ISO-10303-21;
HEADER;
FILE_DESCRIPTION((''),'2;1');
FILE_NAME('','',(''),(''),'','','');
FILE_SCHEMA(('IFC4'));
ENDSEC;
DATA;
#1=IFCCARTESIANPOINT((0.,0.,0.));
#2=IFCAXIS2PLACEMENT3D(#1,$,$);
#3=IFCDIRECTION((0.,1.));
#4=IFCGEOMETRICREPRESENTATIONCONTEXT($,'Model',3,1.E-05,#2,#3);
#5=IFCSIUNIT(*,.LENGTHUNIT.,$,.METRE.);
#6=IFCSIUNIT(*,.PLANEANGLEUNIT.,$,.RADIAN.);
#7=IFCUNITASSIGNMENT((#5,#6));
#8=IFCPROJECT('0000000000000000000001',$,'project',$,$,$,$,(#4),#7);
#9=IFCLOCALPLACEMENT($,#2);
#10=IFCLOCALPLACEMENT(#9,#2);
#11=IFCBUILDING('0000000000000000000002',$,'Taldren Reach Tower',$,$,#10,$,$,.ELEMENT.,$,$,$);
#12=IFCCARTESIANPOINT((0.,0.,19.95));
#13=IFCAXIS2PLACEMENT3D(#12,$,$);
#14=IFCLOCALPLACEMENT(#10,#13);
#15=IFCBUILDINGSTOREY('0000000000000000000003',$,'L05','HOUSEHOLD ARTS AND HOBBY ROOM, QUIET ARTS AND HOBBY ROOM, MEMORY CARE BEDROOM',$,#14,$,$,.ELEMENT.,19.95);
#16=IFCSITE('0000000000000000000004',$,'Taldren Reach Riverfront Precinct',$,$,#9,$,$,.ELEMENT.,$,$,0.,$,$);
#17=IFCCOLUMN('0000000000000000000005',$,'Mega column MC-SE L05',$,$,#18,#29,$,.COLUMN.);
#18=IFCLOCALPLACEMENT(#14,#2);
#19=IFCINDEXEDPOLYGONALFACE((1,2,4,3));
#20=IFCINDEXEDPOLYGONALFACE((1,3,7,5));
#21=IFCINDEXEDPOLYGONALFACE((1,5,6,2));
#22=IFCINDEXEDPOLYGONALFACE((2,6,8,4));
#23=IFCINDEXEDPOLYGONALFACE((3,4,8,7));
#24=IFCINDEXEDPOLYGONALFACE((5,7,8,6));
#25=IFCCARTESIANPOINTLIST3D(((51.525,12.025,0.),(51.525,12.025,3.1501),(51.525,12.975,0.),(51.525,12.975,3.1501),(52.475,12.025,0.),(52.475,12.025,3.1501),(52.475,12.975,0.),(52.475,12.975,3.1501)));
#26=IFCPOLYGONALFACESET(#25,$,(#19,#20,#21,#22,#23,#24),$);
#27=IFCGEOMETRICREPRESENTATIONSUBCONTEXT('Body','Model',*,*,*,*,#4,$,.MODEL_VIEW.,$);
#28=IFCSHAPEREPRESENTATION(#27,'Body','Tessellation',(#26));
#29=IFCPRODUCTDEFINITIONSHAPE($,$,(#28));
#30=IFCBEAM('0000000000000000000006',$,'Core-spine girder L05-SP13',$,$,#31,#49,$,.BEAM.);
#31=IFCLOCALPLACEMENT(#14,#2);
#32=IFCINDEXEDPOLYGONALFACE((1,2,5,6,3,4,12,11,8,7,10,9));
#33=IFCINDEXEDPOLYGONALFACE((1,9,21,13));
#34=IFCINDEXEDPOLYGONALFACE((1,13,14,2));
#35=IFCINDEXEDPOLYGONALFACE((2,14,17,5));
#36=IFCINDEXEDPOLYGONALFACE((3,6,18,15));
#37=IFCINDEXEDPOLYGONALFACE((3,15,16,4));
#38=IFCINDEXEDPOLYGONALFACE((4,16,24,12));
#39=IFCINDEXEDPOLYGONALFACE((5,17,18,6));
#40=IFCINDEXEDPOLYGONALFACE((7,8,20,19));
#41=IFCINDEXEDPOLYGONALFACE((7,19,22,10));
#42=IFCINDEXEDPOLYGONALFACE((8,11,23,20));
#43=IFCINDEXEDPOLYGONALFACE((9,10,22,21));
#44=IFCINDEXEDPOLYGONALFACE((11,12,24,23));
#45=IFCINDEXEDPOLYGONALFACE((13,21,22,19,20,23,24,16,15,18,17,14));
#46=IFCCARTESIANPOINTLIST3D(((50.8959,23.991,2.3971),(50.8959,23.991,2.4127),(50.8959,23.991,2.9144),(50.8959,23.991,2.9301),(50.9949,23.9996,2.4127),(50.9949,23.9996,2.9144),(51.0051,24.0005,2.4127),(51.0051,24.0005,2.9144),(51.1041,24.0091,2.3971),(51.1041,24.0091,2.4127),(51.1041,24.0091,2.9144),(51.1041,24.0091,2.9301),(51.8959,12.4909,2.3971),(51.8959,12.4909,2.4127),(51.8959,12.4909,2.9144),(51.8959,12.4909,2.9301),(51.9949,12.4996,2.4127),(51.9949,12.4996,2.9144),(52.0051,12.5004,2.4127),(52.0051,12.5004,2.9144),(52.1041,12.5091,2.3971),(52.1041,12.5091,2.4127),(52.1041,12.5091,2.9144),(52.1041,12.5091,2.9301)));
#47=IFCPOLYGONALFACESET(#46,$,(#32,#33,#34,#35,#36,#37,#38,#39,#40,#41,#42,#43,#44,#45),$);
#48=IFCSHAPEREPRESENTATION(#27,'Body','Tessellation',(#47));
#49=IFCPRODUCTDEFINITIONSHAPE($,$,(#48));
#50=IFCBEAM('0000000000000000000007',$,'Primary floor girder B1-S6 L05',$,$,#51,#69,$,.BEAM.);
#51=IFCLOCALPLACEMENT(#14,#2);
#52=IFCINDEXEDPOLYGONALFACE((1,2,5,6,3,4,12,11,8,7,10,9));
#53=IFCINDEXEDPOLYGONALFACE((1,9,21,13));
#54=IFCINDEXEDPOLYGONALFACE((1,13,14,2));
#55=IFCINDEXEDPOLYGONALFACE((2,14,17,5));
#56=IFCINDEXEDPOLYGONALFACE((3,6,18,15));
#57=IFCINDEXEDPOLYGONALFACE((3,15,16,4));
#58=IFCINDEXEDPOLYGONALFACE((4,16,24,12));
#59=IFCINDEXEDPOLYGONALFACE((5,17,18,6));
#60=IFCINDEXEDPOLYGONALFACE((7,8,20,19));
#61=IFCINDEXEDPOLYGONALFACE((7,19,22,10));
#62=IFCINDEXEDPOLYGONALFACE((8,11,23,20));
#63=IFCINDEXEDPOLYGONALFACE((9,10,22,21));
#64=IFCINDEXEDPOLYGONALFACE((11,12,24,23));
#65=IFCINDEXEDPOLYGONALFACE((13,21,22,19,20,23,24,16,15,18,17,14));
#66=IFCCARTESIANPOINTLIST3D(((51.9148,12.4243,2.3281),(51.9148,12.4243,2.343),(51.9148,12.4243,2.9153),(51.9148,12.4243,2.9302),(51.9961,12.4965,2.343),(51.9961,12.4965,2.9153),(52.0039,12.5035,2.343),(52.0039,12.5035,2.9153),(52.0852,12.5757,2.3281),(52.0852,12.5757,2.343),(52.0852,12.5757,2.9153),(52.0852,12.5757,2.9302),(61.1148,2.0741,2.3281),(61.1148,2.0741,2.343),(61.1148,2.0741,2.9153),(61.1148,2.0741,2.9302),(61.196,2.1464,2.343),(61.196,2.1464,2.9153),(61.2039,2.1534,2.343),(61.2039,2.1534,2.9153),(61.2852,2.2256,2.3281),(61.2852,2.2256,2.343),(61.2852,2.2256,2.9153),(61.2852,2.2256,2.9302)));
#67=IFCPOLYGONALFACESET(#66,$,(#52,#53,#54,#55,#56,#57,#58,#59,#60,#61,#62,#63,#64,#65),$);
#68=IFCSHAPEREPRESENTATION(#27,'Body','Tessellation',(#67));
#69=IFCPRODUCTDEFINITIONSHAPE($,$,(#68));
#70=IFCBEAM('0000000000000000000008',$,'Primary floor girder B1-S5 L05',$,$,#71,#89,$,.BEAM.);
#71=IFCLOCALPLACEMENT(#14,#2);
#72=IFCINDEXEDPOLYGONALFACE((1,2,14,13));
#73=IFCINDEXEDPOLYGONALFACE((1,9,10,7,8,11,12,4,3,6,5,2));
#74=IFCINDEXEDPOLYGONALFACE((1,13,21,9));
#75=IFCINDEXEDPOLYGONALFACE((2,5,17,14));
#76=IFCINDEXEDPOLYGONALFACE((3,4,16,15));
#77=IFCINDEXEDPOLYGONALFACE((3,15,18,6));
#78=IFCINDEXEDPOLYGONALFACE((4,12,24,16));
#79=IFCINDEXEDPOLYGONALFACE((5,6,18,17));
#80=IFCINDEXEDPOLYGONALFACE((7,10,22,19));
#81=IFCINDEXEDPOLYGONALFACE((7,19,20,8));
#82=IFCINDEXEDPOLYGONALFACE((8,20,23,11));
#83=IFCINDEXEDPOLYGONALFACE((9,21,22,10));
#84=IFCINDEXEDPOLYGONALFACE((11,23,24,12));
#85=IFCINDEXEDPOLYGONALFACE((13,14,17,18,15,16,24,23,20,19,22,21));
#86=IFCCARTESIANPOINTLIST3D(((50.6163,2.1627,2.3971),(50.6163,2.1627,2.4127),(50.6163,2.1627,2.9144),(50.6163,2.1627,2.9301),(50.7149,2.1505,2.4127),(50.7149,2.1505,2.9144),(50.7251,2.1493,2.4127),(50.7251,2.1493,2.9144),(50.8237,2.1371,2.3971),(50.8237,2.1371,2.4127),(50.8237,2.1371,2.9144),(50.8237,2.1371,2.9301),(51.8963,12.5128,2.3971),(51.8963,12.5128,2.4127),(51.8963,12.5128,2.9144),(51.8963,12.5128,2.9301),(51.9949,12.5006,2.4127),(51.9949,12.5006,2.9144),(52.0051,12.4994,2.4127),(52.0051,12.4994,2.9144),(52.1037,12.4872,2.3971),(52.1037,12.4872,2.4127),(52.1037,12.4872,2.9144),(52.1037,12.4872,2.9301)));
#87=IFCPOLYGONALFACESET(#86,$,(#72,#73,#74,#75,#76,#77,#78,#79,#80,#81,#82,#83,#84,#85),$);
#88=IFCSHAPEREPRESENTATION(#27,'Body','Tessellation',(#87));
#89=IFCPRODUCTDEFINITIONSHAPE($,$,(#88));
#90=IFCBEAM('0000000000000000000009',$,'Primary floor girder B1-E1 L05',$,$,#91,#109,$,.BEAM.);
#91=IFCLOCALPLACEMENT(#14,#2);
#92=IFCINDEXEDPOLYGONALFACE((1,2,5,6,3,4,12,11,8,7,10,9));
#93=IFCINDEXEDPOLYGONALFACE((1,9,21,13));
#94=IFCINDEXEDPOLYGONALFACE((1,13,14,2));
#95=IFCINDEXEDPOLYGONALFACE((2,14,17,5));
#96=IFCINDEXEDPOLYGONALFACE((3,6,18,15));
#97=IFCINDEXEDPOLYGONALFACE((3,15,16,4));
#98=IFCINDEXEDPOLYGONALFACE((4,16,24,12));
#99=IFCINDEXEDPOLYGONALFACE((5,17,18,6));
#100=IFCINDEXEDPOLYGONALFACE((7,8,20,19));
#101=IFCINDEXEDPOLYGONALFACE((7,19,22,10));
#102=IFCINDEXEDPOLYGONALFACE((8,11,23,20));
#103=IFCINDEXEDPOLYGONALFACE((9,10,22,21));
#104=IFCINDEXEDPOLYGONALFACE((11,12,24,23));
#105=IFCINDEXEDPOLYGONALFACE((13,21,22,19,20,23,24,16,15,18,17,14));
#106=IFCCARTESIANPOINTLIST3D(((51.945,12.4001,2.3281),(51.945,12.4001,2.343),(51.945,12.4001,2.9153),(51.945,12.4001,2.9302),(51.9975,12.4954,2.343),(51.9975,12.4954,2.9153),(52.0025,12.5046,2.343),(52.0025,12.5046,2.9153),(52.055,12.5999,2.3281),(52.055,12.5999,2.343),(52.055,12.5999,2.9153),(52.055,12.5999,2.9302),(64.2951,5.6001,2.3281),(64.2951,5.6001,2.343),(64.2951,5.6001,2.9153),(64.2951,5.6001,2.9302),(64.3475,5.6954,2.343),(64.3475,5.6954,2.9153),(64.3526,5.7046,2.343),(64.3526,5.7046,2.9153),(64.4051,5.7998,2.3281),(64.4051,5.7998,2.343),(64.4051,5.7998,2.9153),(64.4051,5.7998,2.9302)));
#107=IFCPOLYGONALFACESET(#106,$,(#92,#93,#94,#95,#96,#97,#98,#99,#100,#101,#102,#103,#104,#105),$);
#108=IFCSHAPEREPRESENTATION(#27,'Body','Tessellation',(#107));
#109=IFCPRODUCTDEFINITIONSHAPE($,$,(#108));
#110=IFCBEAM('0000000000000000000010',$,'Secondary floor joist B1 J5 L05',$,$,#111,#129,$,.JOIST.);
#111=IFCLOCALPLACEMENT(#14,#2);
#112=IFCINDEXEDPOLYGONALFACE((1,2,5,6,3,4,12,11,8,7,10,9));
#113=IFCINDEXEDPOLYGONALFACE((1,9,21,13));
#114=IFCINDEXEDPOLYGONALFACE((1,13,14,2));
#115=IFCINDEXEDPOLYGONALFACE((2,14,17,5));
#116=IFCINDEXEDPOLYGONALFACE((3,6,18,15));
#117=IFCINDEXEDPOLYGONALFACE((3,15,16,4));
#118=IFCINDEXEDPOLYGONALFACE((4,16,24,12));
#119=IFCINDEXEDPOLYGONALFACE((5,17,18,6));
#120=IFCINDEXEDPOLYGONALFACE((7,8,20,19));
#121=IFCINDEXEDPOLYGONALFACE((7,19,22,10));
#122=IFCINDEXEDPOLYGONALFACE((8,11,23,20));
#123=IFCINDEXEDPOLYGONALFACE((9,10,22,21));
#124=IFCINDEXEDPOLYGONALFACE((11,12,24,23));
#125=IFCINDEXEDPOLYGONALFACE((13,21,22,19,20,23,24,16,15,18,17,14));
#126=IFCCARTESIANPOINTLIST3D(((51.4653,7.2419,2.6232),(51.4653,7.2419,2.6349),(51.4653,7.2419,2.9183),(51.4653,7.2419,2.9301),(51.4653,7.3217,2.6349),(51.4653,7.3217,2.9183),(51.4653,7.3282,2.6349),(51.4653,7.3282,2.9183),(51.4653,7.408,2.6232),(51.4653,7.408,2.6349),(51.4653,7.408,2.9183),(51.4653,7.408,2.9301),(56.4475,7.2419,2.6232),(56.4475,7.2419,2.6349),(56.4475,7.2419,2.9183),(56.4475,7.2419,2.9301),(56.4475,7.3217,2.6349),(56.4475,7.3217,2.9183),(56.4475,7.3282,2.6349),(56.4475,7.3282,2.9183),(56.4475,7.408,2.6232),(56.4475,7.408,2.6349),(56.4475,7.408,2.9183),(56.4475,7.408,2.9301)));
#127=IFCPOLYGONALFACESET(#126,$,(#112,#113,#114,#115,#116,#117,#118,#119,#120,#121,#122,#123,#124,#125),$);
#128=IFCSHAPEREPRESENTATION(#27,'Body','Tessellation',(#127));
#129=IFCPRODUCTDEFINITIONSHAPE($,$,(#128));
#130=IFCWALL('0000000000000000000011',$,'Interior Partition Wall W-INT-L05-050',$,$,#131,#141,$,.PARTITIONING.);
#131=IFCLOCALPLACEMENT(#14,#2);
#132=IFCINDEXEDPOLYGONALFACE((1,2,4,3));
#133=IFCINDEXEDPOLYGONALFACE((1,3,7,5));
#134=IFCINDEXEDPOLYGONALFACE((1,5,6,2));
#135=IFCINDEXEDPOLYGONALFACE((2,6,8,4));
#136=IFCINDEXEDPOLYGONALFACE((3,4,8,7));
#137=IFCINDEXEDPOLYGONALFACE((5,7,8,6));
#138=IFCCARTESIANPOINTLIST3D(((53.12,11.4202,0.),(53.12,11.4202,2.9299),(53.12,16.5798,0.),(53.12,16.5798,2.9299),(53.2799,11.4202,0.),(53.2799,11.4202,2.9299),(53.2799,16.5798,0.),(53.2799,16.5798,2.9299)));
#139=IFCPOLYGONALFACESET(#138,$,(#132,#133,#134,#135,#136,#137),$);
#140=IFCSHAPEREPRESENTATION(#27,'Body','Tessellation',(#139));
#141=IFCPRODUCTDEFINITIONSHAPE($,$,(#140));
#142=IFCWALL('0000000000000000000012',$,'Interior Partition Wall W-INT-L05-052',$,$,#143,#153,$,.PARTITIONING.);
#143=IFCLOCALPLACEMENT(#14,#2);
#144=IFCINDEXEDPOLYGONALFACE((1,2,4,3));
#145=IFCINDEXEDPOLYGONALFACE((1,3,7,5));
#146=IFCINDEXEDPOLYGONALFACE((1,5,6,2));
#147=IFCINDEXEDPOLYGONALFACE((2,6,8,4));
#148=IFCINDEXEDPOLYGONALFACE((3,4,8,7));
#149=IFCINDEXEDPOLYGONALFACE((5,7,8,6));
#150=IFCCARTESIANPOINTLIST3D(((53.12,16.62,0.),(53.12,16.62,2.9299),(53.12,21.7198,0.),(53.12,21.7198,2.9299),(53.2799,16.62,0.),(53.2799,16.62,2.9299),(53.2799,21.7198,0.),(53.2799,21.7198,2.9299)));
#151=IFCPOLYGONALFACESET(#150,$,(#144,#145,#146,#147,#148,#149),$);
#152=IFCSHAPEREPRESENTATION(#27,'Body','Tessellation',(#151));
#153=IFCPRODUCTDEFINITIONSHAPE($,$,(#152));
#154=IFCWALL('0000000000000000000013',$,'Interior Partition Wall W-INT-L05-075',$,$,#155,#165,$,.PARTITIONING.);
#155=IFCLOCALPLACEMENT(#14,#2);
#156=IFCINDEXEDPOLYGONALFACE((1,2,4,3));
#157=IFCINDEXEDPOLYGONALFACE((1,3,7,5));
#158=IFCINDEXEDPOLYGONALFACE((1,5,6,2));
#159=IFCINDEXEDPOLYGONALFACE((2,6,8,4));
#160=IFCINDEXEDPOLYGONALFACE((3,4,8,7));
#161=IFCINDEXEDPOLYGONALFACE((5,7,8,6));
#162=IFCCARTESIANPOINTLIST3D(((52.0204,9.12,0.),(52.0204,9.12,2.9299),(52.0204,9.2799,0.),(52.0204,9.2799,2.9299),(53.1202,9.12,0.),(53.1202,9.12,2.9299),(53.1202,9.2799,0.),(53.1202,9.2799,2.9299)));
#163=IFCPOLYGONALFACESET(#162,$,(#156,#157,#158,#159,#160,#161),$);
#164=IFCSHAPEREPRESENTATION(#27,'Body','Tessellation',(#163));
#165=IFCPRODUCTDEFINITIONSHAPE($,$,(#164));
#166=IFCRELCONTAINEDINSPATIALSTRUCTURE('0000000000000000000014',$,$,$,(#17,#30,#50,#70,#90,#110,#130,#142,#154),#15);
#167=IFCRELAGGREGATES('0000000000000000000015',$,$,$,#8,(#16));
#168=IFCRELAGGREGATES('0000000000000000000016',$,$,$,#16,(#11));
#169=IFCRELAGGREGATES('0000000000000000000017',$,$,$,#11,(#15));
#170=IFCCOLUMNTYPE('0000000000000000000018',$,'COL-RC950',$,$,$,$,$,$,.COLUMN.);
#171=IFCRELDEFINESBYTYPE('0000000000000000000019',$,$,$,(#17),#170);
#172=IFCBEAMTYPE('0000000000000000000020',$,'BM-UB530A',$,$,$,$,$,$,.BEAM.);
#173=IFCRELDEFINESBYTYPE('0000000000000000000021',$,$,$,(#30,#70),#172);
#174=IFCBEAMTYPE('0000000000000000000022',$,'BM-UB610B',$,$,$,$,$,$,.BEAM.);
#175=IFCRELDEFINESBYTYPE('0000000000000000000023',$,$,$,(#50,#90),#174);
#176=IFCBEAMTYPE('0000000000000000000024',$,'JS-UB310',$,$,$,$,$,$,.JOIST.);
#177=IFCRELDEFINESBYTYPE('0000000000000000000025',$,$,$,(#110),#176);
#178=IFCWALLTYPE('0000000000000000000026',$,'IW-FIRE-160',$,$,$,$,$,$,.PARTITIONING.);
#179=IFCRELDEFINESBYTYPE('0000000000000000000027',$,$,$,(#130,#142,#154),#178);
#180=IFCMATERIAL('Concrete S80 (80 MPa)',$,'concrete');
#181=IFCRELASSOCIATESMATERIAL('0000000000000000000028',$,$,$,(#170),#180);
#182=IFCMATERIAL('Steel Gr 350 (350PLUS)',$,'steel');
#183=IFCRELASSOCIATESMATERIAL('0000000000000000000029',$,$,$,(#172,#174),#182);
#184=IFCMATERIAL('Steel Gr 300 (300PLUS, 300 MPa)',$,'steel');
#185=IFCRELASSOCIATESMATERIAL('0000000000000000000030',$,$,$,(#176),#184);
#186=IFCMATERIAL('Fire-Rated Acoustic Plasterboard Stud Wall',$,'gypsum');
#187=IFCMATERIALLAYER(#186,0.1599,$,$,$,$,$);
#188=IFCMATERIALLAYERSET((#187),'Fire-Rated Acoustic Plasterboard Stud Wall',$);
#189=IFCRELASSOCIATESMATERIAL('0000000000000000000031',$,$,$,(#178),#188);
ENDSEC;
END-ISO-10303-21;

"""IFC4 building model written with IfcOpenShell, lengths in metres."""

from ifc_helpers import new_model, si_unit, direction, frame, frame_2d, origin, origin_2d, place, context, subcontext, project, spatial, rectangle, i_section, extrude, source, transform, mapped, material, layer, layer_set, material_profile, profile_set, type_object, element, save


model = new_model("IFC4")

# Units and contexts
model_context = context("Model", 3, precision=1e-05, world=origin(), true_north=direction((0.0, 1.0)))
body_context = subcontext(model_context, "Body", "Model", "MODEL_VIEW")
ifc_project = project(units=[si_unit("LENGTHUNIT", "METRE"), si_unit("PLANEANGLEUNIT", "RADIAN")], contexts=[model_context])

# Site, building, storey
site_placement = place(None, origin())
site = spatial("IfcSite", under=ifc_project, at=site_placement, Name="Taldren Reach Riverfront Precinct", CompositionType="ELEMENT", RefElevation=0.0)
building_placement = place(site_placement, origin())
building = spatial("IfcBuilding", under=site, at=building_placement, Name="Taldren Reach Tower", CompositionType="ELEMENT")
storey_placement = place(building_placement, frame((0.0, 0.0, 19.95)))
storey = spatial("IfcBuildingStorey", under=building, at=storey_placement, Name="L05", Description="HOUSEHOLD ARTS AND HOBBY ROOM, QUIET ARTS AND HOBBY ROOM, MEMORY CARE BEDROOM", CompositionType="ELEMENT", Elevation=19.95)

# Column
ifc_material_1 = material(Name="Concrete S80 (80 MPa)", Category="concrete")
ifc_material_profile_1 = material_profile(ifc_material_1, rectangle(XDim=0.95, YDim=0.95, at=origin_2d()), Name="RC-950x950")
ifc_profile_set_1 = profile_set([ifc_material_profile_1], Name="Concrete S80 (80 MPa)")
column_type = type_object("IfcColumnType", Name="COL-RC950", PredefinedType="COLUMN", material=ifc_profile_set_1)
shared_shape_1 = source(origin(), body_context, "Body", "SweptSolid", [
    extrude(rectangle(XDim=0.95, YDim=0.95, at=origin_2d()), origin(), (0.0, 0.0, 1.0), 3.1501),
])
column_placement = place(storey_placement, frame((52.0, 12.5, 0.0), z_axis=(0.0, 0.0, 1.0), x_axis=(1.0, 0.0, 0.0)))
element("IfcColumn", 1, at=column_placement, inside=storey, type_object=column_type, Name="Mega column MC-SE L05", PredefinedType="COLUMN", context=body_context, shape_type="MappedRepresentation", body=[
    mapped(shared_shape_1, transform((0.0, 0.0, 0.0), scale=1.0)),
])

# Beams
ifc_material_2 = material(Name="Steel Gr 350 (350PLUS)", Category="steel")
ifc_material_profile_2 = material_profile(ifc_material_2, i_section(OverallWidth=0.209, OverallDepth=0.533, WebThickness=0.0103, FlangeThickness=0.0156, at=origin_2d()), Name="530UB92.4")
ifc_profile_set_2 = profile_set([ifc_material_profile_2], Name="Steel Gr 350 (350PLUS)")
beam_type_1 = type_object("IfcBeamType", Name="BM-UB530A", PredefinedType="BEAM", material=ifc_profile_set_2)
shared_shape_2 = source(origin(), body_context, "Body", "SweptSolid", [
    extrude(i_section(OverallWidth=0.209, OverallDepth=0.533, WebThickness=0.0103, FlangeThickness=0.0156, at=origin_2d()), origin(), (0.0, 0.0, 1.0), 11.5435),
])
beam_1_placement = place(storey_placement, frame((52.0, 12.5, 2.6636), z_axis=(-0.08663, 0.996241, 0.0), x_axis=(-0.996241, -0.08663, 0.0)))
element("IfcBeam", 2, at=beam_1_placement, inside=storey, type_object=beam_type_1, Name="Core-spine girder L05-SP13", PredefinedType="BEAM", context=body_context, shape_type="MappedRepresentation", body=[
    mapped(shared_shape_2, transform((0.0, 0.0, 0.0), scale=1.0)),
])
ifc_material_profile_3 = material_profile(ifc_material_2, i_section(OverallWidth=0.228, OverallDepth=0.6021, WebThickness=0.0105, FlangeThickness=0.0149, at=origin_2d()), Name="610UB101")
ifc_profile_set_3 = profile_set([ifc_material_profile_3], Name="Steel Gr 350 (350PLUS)")
beam_type_2 = type_object("IfcBeamType", Name="BM-UB610B", PredefinedType="BEAM", material=ifc_profile_set_3)
shared_shape_3 = source(origin(), body_context, "Body", "SweptSolid", [
    extrude(i_section(OverallWidth=0.228, OverallDepth=0.6021, WebThickness=0.0105, FlangeThickness=0.0149, at=origin_2d()), origin(), (0.0, 0.0, 1.0), 13.8479),
])
beam_2_placement = place(storey_placement, frame((52.0, 12.5, 2.6292), z_axis=(0.664358, -0.747414, 0.0), x_axis=(0.747414, 0.664358, 0.0)))
element("IfcBeam", 3, at=beam_2_placement, inside=storey, type_object=beam_type_2, Name="Primary floor girder B1-S6 L05", PredefinedType="BEAM", context=body_context, shape_type="MappedRepresentation", body=[
    mapped(shared_shape_3, transform((0.0, 0.0, 0.0), scale=1.0)),
])
shared_shape_4 = source(origin(), body_context, "Body", "SweptSolid", [
    extrude(i_section(OverallWidth=0.209, OverallDepth=0.533, WebThickness=0.0103, FlangeThickness=0.0156, at=origin_2d()), origin(), (0.0, 0.0, 1.0), 10.429),
])
beam_3_placement = place(storey_placement, frame((52.0, 12.5, 2.6636), z_axis=(-0.122738, -0.992439, 0.0), x_axis=(0.992439, -0.122738, 0.0)))
element("IfcBeam", 4, at=beam_3_placement, inside=storey, type_object=beam_type_1, Name="Primary floor girder B1-S5 L05", PredefinedType="BEAM", context=body_context, shape_type="MappedRepresentation", body=[
    mapped(shared_shape_4, transform((0.0, 0.0, 0.0), scale=1.0)),
])
shared_shape_5 = source(origin(), body_context, "Body", "SweptSolid", [
    extrude(i_section(OverallWidth=0.228, OverallDepth=0.6021, WebThickness=0.0105, FlangeThickness=0.0149, at=origin_2d()), origin(), (0.0, 0.0, 1.0), 14.0984),
])
beam_4_placement = place(storey_placement, frame((52.0, 12.5, 2.6292), z_axis=(0.875991, -0.482327, 0.0), x_axis=(0.482327, 0.875991, 0.0)))
element("IfcBeam", 5, at=beam_4_placement, inside=storey, type_object=beam_type_2, Name="Primary floor girder B1-E1 L05", PredefinedType="BEAM", context=body_context, shape_type="MappedRepresentation", body=[
    mapped(shared_shape_5, transform((0.0, 0.0, 0.0), scale=1.0)),
])
ifc_material_3 = material(Name="Steel Gr 300 (300PLUS, 300 MPa)", Category="steel")
ifc_material_profile_4 = material_profile(ifc_material_3, i_section(OverallWidth=0.166, OverallDepth=0.3069, WebThickness=0.0066, FlangeThickness=0.0117, at=origin_2d()), Name="310UB46.2")
ifc_profile_set_4 = profile_set([ifc_material_profile_4], Name="Steel Gr 300 (300PLUS, 300 MPa)")
beam_type_3 = type_object("IfcBeamType", Name="JS-UB310", PredefinedType="JOIST", material=ifc_profile_set_4)
shared_shape_6 = source(origin(), body_context, "Body", "SweptSolid", [
    extrude(i_section(OverallWidth=0.166, OverallDepth=0.3069, WebThickness=0.0066, FlangeThickness=0.0117, at=origin_2d()), origin(), (0.0, 0.0, 1.0), 4.9822),
])
beam_5_placement = place(storey_placement, frame((51.4653, 7.325, 2.7766), z_axis=(1.0, 0.0, 0.0), x_axis=(0.0, 1.0, 0.0)))
element("IfcBeam", 6, at=beam_5_placement, inside=storey, type_object=beam_type_3, Name="Secondary floor joist B1 J5 L05", PredefinedType="JOIST", context=body_context, shape_type="MappedRepresentation", body=[
    mapped(shared_shape_6, transform((0.0, 0.0, 0.0), scale=1.0)),
])

# Walls
ifc_material_4 = material(Name="Fire-Rated Acoustic Plasterboard Stud Wall", Category="gypsum")
ifc_layer_1 = layer(ifc_material_4, 0.1599)
ifc_layer_set_1 = layer_set([ifc_layer_1], Name="Fire-Rated Acoustic Plasterboard Stud Wall")
wall_type_1 = type_object("IfcWallType", Name="IW-FIRE-160", PredefinedType="PARTITIONING", material=ifc_layer_set_1)
shared_shape_7 = source(origin(), body_context, "Body", "SweptSolid", [
    extrude(rectangle(XDim=5.1597, YDim=0.1599, at=frame_2d((2.5798, 0.0))), origin(), (0.0, 0.0, 1.0), 2.9299),
])
wall_1_placement = place(storey_placement, frame((53.2, 11.4202, 0.0), z_axis=(0.0, 0.0, 1.0), x_axis=(0.0, 1.0, 0.0)))
element("IfcWall", 7, at=wall_1_placement, inside=storey, type_object=wall_type_1, Name="Interior Partition Wall W-INT-L05-050", PredefinedType="PARTITIONING", context=body_context, shape_type="MappedRepresentation", body=[
    mapped(shared_shape_7, transform((0.0, 0.0, 0.0), scale=1.0)),
])
shared_shape_8 = source(origin(), body_context, "Body", "SweptSolid", [
    extrude(rectangle(XDim=5.0999, YDim=0.1599, at=frame_2d((2.5498, 0.0))), origin(), (0.0, 0.0, 1.0), 2.9299),
])
wall_2_placement = place(storey_placement, frame((53.2, 16.6201, 0.0), z_axis=(0.0, 0.0, 1.0), x_axis=(0.0, 1.0, 0.0)))
element("IfcWall", 8, at=wall_2_placement, inside=storey, type_object=wall_type_1, Name="Interior Partition Wall W-INT-L05-052", PredefinedType="PARTITIONING", context=body_context, shape_type="MappedRepresentation", body=[
    mapped(shared_shape_8, transform((0.0, 0.0, 0.0), scale=1.0)),
])
shared_shape_9 = source(origin(), body_context, "Body", "SweptSolid", [
    extrude(rectangle(XDim=1.0999, YDim=0.1599, at=frame_2d((0.5498, 0.0))), origin(), (0.0, 0.0, 1.0), 2.9299),
])
wall_3_placement = place(storey_placement, frame((53.1201, 9.2, 0.0), z_axis=(0.0, 0.0, 1.0), x_axis=(-1.0, 0.0, 0.0)))
element("IfcWall", 9, at=wall_3_placement, inside=storey, type_object=wall_type_1, Name="Interior Partition Wall W-INT-L05-075", PredefinedType="PARTITIONING", context=body_context, shape_type="MappedRepresentation", body=[
    mapped(shared_shape_9, transform((0.0, 0.0, 0.0), scale=1.0)),
])

save(model, "model.ifc")
